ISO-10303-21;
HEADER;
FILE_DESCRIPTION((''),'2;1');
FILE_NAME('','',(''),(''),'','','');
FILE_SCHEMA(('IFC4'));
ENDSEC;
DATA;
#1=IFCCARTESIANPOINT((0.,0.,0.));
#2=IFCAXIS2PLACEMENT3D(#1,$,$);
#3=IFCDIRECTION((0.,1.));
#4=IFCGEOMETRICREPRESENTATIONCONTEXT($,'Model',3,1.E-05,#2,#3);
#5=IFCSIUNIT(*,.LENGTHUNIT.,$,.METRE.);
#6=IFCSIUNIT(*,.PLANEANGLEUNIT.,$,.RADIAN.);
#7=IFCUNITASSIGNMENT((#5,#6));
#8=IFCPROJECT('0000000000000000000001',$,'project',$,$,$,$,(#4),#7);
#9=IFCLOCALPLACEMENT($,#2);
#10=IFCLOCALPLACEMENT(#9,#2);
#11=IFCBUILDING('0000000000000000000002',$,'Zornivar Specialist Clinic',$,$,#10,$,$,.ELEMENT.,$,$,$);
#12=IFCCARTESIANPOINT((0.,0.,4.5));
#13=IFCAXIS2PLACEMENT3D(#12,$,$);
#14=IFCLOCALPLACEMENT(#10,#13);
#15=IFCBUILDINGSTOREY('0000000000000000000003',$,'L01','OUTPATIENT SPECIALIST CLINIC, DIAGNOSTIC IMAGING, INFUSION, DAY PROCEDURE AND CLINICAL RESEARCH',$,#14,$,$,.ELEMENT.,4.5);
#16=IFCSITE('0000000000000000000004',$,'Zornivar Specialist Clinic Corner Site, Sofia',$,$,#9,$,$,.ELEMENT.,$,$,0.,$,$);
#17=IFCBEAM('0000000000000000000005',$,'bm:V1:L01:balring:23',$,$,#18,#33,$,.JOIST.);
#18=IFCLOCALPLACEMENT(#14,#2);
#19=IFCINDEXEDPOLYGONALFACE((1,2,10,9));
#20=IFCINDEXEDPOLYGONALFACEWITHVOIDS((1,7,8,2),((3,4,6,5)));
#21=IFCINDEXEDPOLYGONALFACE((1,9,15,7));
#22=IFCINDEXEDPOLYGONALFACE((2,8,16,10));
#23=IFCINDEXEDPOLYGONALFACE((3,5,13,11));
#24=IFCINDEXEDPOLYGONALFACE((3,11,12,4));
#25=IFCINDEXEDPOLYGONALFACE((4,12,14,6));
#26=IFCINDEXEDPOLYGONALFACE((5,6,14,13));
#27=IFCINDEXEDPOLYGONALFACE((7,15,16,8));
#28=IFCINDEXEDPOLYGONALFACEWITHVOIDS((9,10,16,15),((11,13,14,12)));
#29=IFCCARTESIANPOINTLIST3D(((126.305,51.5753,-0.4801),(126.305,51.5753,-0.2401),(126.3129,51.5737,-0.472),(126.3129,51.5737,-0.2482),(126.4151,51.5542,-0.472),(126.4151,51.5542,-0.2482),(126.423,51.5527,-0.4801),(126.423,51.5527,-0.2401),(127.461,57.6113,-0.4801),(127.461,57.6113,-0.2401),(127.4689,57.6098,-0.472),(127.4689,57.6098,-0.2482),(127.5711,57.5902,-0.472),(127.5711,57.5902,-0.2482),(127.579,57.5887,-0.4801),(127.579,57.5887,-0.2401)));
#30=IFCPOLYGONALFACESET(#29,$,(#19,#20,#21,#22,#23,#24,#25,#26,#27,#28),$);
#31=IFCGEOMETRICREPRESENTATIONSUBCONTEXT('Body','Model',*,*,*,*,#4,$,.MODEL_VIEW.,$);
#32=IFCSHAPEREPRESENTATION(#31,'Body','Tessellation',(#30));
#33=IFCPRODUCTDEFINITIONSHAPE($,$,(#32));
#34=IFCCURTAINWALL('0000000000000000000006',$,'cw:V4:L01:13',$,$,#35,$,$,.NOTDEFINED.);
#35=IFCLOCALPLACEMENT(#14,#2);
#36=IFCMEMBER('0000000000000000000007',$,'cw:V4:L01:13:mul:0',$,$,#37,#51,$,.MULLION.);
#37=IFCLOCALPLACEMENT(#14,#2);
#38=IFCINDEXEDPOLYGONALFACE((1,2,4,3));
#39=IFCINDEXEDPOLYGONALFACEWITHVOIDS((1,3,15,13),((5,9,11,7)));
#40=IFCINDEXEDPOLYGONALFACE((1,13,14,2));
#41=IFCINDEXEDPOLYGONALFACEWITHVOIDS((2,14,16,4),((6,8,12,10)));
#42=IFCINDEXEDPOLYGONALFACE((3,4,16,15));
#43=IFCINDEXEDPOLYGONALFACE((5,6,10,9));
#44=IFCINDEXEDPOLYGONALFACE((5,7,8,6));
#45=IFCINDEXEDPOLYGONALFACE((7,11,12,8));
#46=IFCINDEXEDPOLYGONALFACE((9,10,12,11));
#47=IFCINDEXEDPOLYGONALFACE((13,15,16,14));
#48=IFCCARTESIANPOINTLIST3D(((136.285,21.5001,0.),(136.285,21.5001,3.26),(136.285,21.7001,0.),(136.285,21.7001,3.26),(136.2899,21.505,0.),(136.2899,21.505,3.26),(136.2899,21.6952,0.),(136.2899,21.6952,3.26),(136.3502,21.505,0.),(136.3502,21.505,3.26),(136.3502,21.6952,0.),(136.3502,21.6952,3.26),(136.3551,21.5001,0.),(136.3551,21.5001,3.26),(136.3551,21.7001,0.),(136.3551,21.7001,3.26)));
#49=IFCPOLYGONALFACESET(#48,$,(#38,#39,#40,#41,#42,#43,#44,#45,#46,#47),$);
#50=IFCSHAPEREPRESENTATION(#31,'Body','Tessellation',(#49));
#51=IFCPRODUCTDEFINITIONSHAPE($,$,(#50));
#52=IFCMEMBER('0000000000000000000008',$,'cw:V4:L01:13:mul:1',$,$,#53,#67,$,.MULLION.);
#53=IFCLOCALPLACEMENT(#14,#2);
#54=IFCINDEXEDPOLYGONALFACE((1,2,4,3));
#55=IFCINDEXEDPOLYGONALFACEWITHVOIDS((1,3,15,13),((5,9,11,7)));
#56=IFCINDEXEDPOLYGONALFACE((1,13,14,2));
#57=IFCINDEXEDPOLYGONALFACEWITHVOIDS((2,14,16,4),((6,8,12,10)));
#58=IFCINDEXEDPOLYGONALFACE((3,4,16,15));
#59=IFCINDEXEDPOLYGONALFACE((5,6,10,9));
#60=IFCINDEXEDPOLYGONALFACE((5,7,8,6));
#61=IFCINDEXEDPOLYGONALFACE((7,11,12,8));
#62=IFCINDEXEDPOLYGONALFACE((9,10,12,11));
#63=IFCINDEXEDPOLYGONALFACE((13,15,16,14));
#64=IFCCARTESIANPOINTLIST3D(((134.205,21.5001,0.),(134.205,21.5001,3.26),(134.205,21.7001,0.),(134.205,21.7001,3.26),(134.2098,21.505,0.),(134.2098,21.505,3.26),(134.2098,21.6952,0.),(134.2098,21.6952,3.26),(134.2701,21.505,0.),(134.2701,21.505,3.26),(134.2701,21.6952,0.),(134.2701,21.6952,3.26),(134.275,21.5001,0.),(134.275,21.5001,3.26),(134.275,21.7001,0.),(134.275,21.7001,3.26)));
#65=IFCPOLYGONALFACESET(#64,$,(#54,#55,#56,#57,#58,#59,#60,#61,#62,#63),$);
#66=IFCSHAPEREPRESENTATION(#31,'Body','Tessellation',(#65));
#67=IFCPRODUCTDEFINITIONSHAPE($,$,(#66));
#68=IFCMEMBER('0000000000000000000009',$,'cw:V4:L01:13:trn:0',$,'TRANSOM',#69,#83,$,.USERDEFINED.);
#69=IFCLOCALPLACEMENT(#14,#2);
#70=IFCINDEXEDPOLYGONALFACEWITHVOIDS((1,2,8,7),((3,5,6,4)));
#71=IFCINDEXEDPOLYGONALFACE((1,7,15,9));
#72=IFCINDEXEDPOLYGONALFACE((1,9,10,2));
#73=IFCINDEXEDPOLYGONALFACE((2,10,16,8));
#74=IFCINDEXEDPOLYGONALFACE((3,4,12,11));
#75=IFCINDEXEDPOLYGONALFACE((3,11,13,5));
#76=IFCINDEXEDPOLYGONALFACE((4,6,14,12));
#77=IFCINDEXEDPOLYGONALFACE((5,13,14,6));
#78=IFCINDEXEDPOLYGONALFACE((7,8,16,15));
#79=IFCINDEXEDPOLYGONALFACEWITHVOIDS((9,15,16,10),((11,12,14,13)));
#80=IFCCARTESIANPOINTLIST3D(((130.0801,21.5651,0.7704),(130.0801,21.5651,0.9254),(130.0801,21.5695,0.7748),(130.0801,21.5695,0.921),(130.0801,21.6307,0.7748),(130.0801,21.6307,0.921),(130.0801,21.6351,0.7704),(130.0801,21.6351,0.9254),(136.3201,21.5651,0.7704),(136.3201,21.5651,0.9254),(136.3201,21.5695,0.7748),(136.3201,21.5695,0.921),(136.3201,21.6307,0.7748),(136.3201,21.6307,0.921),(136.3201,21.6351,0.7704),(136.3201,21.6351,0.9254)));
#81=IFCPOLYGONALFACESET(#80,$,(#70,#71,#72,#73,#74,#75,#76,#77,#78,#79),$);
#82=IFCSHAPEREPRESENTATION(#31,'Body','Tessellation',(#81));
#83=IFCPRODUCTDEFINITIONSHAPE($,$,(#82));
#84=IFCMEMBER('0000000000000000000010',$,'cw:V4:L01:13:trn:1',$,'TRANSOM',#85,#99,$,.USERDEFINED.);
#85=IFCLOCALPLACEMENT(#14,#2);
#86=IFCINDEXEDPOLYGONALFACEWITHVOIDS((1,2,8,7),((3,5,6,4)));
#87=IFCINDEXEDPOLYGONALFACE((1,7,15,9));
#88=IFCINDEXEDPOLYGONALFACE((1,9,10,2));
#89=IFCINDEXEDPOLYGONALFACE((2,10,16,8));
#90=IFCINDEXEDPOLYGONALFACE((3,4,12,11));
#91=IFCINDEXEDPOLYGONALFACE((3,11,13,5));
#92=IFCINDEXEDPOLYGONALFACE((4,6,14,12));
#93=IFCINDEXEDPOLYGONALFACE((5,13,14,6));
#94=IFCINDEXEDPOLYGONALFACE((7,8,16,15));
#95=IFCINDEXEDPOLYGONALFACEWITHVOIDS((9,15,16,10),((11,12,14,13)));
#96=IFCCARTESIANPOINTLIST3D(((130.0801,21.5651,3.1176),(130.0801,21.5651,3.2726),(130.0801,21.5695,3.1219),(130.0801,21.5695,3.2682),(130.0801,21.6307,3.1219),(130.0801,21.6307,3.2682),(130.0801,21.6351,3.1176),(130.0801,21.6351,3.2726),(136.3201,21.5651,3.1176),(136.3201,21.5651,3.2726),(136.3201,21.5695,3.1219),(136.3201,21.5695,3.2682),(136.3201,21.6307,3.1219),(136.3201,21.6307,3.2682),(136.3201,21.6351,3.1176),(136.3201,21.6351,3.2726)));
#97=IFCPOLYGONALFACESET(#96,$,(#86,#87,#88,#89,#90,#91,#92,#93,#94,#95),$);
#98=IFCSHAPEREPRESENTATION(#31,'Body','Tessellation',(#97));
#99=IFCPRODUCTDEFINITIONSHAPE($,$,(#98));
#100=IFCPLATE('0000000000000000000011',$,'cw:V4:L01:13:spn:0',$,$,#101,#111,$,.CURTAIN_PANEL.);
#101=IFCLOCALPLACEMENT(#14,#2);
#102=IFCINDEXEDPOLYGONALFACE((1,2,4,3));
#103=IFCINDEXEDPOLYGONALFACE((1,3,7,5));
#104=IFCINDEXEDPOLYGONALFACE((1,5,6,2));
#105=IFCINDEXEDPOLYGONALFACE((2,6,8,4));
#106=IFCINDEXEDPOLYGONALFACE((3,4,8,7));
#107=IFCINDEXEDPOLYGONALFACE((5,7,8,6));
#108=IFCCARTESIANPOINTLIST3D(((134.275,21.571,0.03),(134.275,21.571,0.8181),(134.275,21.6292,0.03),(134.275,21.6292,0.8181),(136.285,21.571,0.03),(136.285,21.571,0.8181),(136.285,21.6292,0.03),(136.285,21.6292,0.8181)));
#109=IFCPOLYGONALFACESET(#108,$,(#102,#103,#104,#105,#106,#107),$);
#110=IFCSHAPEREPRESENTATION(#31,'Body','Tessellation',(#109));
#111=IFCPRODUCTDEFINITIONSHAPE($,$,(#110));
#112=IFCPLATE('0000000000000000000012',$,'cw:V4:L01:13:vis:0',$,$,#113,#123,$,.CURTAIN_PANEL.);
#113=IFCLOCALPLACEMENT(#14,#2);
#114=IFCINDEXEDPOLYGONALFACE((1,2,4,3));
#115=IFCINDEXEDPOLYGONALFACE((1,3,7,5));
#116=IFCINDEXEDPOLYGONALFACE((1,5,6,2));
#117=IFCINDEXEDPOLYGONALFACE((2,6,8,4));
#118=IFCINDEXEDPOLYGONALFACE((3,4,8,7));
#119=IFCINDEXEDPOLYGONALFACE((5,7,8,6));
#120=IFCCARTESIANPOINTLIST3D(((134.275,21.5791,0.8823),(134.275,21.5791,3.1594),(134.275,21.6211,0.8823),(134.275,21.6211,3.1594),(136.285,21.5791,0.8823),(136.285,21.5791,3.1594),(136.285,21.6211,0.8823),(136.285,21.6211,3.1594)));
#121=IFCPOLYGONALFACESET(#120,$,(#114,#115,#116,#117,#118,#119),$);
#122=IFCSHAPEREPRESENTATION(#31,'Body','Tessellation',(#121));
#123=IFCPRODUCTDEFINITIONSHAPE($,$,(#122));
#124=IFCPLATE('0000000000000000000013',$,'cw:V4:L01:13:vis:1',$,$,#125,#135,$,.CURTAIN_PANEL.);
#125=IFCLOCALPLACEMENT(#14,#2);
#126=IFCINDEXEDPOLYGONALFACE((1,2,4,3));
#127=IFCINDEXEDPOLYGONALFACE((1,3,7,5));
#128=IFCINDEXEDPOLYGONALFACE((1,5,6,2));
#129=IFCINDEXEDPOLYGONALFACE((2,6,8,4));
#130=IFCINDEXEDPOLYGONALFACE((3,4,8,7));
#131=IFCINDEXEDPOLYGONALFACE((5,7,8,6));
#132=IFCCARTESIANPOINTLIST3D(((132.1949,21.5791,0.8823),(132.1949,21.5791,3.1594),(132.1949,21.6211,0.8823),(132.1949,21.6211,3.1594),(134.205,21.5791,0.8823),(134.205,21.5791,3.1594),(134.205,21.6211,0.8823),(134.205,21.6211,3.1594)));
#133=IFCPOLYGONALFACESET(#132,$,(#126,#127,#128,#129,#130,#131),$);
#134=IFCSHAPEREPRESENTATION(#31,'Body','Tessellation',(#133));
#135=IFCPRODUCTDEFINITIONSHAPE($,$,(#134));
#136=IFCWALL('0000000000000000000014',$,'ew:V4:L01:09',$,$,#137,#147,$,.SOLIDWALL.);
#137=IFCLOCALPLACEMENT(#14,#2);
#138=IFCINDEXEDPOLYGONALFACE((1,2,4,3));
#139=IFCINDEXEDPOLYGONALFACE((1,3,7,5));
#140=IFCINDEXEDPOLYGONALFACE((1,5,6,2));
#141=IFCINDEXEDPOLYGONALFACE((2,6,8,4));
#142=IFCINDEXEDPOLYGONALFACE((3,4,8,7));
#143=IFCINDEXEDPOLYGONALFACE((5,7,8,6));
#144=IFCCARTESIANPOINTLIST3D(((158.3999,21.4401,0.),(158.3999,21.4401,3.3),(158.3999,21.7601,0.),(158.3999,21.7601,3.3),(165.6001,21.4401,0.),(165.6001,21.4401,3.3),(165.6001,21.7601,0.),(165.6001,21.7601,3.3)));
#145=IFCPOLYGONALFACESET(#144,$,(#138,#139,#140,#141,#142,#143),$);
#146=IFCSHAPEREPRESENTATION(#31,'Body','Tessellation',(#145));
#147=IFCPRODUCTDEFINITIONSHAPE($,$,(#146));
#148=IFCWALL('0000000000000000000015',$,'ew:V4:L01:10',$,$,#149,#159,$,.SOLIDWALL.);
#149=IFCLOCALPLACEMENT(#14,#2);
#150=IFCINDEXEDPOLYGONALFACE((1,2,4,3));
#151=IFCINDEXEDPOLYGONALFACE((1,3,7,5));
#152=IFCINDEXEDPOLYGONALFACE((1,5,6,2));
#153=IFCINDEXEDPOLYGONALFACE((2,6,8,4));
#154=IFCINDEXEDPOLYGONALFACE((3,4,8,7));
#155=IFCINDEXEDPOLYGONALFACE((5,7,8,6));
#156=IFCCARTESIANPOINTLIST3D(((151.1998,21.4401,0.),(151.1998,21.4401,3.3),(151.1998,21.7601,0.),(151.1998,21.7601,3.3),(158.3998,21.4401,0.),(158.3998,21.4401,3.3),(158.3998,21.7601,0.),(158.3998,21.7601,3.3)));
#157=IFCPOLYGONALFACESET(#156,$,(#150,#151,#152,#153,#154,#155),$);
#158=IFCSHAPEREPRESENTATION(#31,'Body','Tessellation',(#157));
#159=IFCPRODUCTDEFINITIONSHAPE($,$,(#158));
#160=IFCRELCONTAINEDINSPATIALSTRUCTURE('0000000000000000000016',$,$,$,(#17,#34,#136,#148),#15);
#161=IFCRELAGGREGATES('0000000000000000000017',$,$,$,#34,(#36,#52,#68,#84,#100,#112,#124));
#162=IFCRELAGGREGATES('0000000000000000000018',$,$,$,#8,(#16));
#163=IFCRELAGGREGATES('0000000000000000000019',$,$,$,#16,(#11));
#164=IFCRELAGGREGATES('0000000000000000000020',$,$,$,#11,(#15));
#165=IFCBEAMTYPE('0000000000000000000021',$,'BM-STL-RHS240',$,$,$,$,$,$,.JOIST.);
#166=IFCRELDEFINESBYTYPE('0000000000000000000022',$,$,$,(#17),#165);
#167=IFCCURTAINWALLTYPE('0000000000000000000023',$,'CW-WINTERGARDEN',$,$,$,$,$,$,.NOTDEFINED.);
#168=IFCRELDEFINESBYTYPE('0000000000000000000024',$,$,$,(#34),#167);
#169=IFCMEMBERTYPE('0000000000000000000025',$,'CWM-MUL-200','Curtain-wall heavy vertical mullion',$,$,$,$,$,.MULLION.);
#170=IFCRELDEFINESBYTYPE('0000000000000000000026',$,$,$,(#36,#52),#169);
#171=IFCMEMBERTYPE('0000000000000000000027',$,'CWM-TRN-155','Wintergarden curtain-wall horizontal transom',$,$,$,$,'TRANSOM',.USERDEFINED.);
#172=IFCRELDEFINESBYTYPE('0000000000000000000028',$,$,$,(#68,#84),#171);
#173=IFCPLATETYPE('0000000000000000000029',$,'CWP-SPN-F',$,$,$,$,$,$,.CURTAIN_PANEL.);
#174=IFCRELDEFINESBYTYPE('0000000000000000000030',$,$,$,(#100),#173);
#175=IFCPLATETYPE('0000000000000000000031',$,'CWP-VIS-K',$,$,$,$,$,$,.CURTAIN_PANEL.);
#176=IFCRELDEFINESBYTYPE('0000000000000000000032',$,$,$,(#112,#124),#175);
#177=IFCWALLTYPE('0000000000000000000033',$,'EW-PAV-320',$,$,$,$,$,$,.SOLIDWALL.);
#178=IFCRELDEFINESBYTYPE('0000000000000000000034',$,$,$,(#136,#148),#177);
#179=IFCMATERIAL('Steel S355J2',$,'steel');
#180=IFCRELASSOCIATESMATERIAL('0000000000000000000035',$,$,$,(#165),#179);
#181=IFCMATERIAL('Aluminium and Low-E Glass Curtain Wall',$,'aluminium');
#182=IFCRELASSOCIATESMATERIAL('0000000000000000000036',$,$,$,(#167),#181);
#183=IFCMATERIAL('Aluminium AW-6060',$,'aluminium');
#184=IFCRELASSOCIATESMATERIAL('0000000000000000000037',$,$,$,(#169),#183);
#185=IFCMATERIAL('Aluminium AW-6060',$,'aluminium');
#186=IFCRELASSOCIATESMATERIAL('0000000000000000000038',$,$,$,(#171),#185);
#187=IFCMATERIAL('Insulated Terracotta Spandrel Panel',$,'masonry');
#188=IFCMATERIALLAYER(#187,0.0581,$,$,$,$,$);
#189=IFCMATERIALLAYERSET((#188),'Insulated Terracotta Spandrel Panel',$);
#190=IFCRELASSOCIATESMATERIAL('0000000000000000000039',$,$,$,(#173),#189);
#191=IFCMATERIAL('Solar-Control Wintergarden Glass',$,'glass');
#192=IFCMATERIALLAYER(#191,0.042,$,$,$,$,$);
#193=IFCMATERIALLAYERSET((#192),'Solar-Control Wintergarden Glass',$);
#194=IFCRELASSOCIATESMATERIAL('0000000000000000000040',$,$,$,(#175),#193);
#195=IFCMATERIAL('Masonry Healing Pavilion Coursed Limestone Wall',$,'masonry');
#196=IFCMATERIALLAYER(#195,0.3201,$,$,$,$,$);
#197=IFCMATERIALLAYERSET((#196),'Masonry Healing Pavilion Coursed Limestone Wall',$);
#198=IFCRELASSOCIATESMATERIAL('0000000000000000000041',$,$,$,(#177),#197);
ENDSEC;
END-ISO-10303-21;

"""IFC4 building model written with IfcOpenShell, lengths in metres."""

from ifc_helpers import new_model, si_unit, direction, frame, frame_2d, origin, origin_2d, place, context, subcontext, project, spatial, rectangle, hollow_rectangle, extrude, material, layer, layer_set, material_profile, profile_set, type_object, element, aggregate, save


model = new_model("IFC4")

# Units and contexts
model_context = context("Model", 3, precision=1e-05, world=origin(), true_north=direction((0.0, 1.0)))
body_context = subcontext(model_context, "Body", "Model", "MODEL_VIEW")
ifc_project = project(units=[si_unit("LENGTHUNIT", "METRE"), si_unit("PLANEANGLEUNIT", "RADIAN")], contexts=[model_context])

# Site, building, storey
site_placement = place(None, origin())
site = spatial("IfcSite", under=ifc_project, at=site_placement, Name="Zornivar Specialist Clinic Corner Site, Sofia", CompositionType="ELEMENT", RefElevation=0.0)
building_placement = place(site_placement, origin())
building = spatial("IfcBuilding", under=site, at=building_placement, Name="Zornivar Specialist Clinic", CompositionType="ELEMENT")
storey_placement = place(building_placement, frame((0.0, 0.0, 4.5)))
storey = spatial("IfcBuildingStorey", under=building, at=storey_placement, Name="L01", Description="OUTPATIENT SPECIALIST CLINIC, DIAGNOSTIC IMAGING, INFUSION, DAY PROCEDURE AND CLINICAL RESEARCH", CompositionType="ELEMENT", Elevation=4.5)

# Beam
ifc_material_1 = material(Name="Steel S355J2", Category="steel")
ifc_material_profile_1 = material_profile(ifc_material_1, hollow_rectangle(XDim=0.1201, YDim=0.24, WallThickness=0.0081, at=origin_2d()), Name="RHS 240x120x8")
ifc_profile_set_1 = profile_set([ifc_material_profile_1], Name="Steel S355J2")
beam_type_1 = type_object("IfcBeamType", Name="BM-STL-RHS240", PredefinedType="JOIST", material=ifc_profile_set_1)
beam_1_placement = place(storey_placement, frame((126.364, 51.564, -0.3601), z_axis=(0.188096, 0.982151, 0.0), x_axis=(-0.982151, 0.188096, 0.0)))
element("IfcBeam", 1, at=beam_1_placement, inside=storey, type_object=beam_type_1, Name="bm:V1:L01:balring:23", PredefinedType="JOIST", context=body_context, shape_type="SweptSolid", body=[
    extrude(hollow_rectangle(XDim=0.1201, YDim=0.24, WallThickness=0.0081, at=origin_2d()), origin(), (0.0, 0.0, 1.0), 6.1458),
])

# Curtain wall, members, plates
ifc_material_2 = material(Name="Aluminium and Low-E Glass Curtain Wall", Category="aluminium")
curtain_wall_type = type_object("IfcCurtainWallType", Name="CW-WINTERGARDEN", PredefinedType="NOTDEFINED", material=ifc_material_2)
curtain_wall_placement = place(storey_placement, origin())
curtain_wall = element("IfcCurtainWall", 2, at=curtain_wall_placement, inside=storey, type_object=curtain_wall_type, Name="cw:V4:L01:13", PredefinedType="NOTDEFINED")
ifc_material_3 = material(Name="Aluminium AW-6060", Category="aluminium")
ifc_material_profile_2 = material_profile(ifc_material_3, hollow_rectangle(XDim=0.0701, YDim=0.2, WallThickness=0.0049, at=origin_2d()), Name="ALU 70x200x5")
ifc_profile_set_2 = profile_set([ifc_material_profile_2], Name="Aluminium AW-6060")
member_type_1 = type_object("IfcMemberType", Name="CWM-MUL-200", Description="Curtain-wall heavy vertical mullion", PredefinedType="MULLION", material=ifc_profile_set_2)
member_1_placement = place(storey_placement, frame((136.3201, 21.6001, 0.0), z_axis=(0.0, 0.0, 1.0), x_axis=(1.0, 0.0, 0.0)))
member_1 = element("IfcMember", 3, at=member_1_placement, type_object=member_type_1, Name="cw:V4:L01:13:mul:0", PredefinedType="MULLION", context=body_context, shape_type="SweptSolid", body=[
    extrude(hollow_rectangle(XDim=0.0701, YDim=0.2, WallThickness=0.0049, at=origin_2d()), origin(), (0.0, 0.0, 1.0), 3.26),
])
member_2_placement = place(storey_placement, frame((134.24, 21.6001, 0.0), z_axis=(0.0, 0.0, 1.0), x_axis=(1.0, 0.0, 0.0)))
member_2 = element("IfcMember", 4, at=member_2_placement, type_object=member_type_1, Name="cw:V4:L01:13:mul:1", PredefinedType="MULLION", context=body_context, shape_type="SweptSolid", body=[
    extrude(hollow_rectangle(XDim=0.0701, YDim=0.2, WallThickness=0.0049, at=origin_2d()), origin(), (0.0, 0.0, 1.0), 3.26),
])
ifc_material_4 = material(Name="Aluminium AW-6060", Category="aluminium")
ifc_material_profile_3 = material_profile(ifc_material_4, hollow_rectangle(XDim=0.0701, YDim=0.155, WallThickness=0.0044, at=origin_2d()), Name="ALU 70x155x4.5")
ifc_profile_set_3 = profile_set([ifc_material_profile_3], Name="Aluminium AW-6060")
member_type_2 = type_object("IfcMemberType", Name="CWM-TRN-155", Description="Wintergarden curtain-wall horizontal transom", ElementType="TRANSOM", PredefinedType="USERDEFINED", material=ifc_profile_set_3)
member_3_placement = place(storey_placement, frame((136.3201, 21.6001, 0.8479), z_axis=(-1.0, 0.0, 0.0), x_axis=(0.0, -1.0, 0.0)))
member_3 = element("IfcMember", 5, at=member_3_placement, type_object=member_type_2, Name="cw:V4:L01:13:trn:0", ObjectType="TRANSOM", PredefinedType="USERDEFINED", context=body_context, shape_type="SweptSolid", body=[
    extrude(hollow_rectangle(XDim=0.0701, YDim=0.155, WallThickness=0.0044, at=origin_2d()), origin(), (0.0, 0.0, 1.0), 6.24),
])
member_4_placement = place(storey_placement, frame((136.3201, 21.6001, 3.1951), z_axis=(-1.0, 0.0, 0.0), x_axis=(0.0, -1.0, 0.0)))
member_4 = element("IfcMember", 6, at=member_4_placement, type_object=member_type_2, Name="cw:V4:L01:13:trn:1", ObjectType="TRANSOM", PredefinedType="USERDEFINED", context=body_context, shape_type="SweptSolid", body=[
    extrude(hollow_rectangle(XDim=0.0701, YDim=0.155, WallThickness=0.0044, at=origin_2d()), origin(), (0.0, 0.0, 1.0), 6.24),
])
ifc_material_5 = material(Name="Insulated Terracotta Spandrel Panel", Category="masonry")
ifc_layer_1 = layer(ifc_material_5, 0.0581)
ifc_layer_set_1 = layer_set([ifc_layer_1], Name="Insulated Terracotta Spandrel Panel")
plate_type_1 = type_object("IfcPlateType", Name="CWP-SPN-F", PredefinedType="CURTAIN_PANEL", material=ifc_layer_set_1)
plate_1_placement = place(storey_placement, frame((135.28, 21.6001, 0.03), z_axis=(0.0, 0.0, 1.0), x_axis=(-1.0, 0.0, 0.0)))
plate_1 = element("IfcPlate", 7, at=plate_1_placement, type_object=plate_type_1, Name="cw:V4:L01:13:spn:0", PredefinedType="CURTAIN_PANEL", context=body_context, shape_type="SweptSolid", body=[
    extrude(rectangle(XDim=2.01, YDim=0.0581, at=origin_2d()), origin(), (0.0, 0.0, 1.0), 0.7881),
])
ifc_material_6 = material(Name="Solar-Control Wintergarden Glass", Category="glass")
ifc_layer_2 = layer(ifc_material_6, 0.042)
ifc_layer_set_2 = layer_set([ifc_layer_2], Name="Solar-Control Wintergarden Glass")
plate_type_2 = type_object("IfcPlateType", Name="CWP-VIS-K", PredefinedType="CURTAIN_PANEL", material=ifc_layer_set_2)
plate_2_placement = place(storey_placement, frame((135.28, 21.6001, 0.8823), z_axis=(0.0, 0.0, 1.0), x_axis=(-1.0, 0.0, 0.0)))
plate_2 = element("IfcPlate", 8, at=plate_2_placement, type_object=plate_type_2, Name="cw:V4:L01:13:vis:0", PredefinedType="CURTAIN_PANEL", context=body_context, shape_type="SweptSolid", body=[
    extrude(rectangle(XDim=2.01, YDim=0.042, at=origin_2d()), origin(), (0.0, 0.0, 1.0), 2.2771),
])
plate_3_placement = place(storey_placement, frame((133.2, 21.6001, 0.8823), z_axis=(0.0, 0.0, 1.0), x_axis=(-1.0, 0.0, 0.0)))
plate_3 = element("IfcPlate", 9, at=plate_3_placement, type_object=plate_type_2, Name="cw:V4:L01:13:vis:1", PredefinedType="CURTAIN_PANEL", context=body_context, shape_type="SweptSolid", body=[
    extrude(rectangle(XDim=2.01, YDim=0.042, at=origin_2d()), origin(), (0.0, 0.0, 1.0), 2.2771),
])
aggregate(curtain_wall, [member_1, member_2, member_3, member_4, plate_1, plate_2, plate_3])

# Walls
ifc_material_7 = material(Name="Masonry Healing Pavilion Coursed Limestone Wall", Category="masonry")
ifc_layer_3 = layer(ifc_material_7, 0.3201)
ifc_layer_set_3 = layer_set([ifc_layer_3], Name="Masonry Healing Pavilion Coursed Limestone Wall")
wall_type = type_object("IfcWallType", Name="EW-PAV-320", PredefinedType="SOLIDWALL", material=ifc_layer_set_3)
wall_1_placement = place(storey_placement, frame((165.6001, 21.6001, 0.0), z_axis=(0.0, 0.0, 1.0), x_axis=(-1.0, 0.0, 0.0)))
element("IfcWall", 10, at=wall_1_placement, inside=storey, type_object=wall_type, Name="ew:V4:L01:09", PredefinedType="SOLIDWALL", context=body_context, shape_type="SweptSolid", body=[
    extrude(rectangle(XDim=7.2002, YDim=0.3201, at=frame_2d((3.6001, 0.0))), origin(), (0.0, 0.0, 1.0), 3.3),
])
wall_2_placement = place(storey_placement, frame((158.3999, 21.6001, 0.0), z_axis=(0.0, 0.0, 1.0), x_axis=(-1.0, 0.0, 0.0)))
element("IfcWall", 11, at=wall_2_placement, inside=storey, type_object=wall_type, Name="ew:V4:L01:10", PredefinedType="SOLIDWALL", context=body_context, shape_type="SweptSolid", body=[
    extrude(rectangle(XDim=7.2, YDim=0.3201, at=frame_2d((3.6001, 0.0))), origin(), (0.0, 0.0, 1.0), 3.3),
])

save(model, "model.ifc")
